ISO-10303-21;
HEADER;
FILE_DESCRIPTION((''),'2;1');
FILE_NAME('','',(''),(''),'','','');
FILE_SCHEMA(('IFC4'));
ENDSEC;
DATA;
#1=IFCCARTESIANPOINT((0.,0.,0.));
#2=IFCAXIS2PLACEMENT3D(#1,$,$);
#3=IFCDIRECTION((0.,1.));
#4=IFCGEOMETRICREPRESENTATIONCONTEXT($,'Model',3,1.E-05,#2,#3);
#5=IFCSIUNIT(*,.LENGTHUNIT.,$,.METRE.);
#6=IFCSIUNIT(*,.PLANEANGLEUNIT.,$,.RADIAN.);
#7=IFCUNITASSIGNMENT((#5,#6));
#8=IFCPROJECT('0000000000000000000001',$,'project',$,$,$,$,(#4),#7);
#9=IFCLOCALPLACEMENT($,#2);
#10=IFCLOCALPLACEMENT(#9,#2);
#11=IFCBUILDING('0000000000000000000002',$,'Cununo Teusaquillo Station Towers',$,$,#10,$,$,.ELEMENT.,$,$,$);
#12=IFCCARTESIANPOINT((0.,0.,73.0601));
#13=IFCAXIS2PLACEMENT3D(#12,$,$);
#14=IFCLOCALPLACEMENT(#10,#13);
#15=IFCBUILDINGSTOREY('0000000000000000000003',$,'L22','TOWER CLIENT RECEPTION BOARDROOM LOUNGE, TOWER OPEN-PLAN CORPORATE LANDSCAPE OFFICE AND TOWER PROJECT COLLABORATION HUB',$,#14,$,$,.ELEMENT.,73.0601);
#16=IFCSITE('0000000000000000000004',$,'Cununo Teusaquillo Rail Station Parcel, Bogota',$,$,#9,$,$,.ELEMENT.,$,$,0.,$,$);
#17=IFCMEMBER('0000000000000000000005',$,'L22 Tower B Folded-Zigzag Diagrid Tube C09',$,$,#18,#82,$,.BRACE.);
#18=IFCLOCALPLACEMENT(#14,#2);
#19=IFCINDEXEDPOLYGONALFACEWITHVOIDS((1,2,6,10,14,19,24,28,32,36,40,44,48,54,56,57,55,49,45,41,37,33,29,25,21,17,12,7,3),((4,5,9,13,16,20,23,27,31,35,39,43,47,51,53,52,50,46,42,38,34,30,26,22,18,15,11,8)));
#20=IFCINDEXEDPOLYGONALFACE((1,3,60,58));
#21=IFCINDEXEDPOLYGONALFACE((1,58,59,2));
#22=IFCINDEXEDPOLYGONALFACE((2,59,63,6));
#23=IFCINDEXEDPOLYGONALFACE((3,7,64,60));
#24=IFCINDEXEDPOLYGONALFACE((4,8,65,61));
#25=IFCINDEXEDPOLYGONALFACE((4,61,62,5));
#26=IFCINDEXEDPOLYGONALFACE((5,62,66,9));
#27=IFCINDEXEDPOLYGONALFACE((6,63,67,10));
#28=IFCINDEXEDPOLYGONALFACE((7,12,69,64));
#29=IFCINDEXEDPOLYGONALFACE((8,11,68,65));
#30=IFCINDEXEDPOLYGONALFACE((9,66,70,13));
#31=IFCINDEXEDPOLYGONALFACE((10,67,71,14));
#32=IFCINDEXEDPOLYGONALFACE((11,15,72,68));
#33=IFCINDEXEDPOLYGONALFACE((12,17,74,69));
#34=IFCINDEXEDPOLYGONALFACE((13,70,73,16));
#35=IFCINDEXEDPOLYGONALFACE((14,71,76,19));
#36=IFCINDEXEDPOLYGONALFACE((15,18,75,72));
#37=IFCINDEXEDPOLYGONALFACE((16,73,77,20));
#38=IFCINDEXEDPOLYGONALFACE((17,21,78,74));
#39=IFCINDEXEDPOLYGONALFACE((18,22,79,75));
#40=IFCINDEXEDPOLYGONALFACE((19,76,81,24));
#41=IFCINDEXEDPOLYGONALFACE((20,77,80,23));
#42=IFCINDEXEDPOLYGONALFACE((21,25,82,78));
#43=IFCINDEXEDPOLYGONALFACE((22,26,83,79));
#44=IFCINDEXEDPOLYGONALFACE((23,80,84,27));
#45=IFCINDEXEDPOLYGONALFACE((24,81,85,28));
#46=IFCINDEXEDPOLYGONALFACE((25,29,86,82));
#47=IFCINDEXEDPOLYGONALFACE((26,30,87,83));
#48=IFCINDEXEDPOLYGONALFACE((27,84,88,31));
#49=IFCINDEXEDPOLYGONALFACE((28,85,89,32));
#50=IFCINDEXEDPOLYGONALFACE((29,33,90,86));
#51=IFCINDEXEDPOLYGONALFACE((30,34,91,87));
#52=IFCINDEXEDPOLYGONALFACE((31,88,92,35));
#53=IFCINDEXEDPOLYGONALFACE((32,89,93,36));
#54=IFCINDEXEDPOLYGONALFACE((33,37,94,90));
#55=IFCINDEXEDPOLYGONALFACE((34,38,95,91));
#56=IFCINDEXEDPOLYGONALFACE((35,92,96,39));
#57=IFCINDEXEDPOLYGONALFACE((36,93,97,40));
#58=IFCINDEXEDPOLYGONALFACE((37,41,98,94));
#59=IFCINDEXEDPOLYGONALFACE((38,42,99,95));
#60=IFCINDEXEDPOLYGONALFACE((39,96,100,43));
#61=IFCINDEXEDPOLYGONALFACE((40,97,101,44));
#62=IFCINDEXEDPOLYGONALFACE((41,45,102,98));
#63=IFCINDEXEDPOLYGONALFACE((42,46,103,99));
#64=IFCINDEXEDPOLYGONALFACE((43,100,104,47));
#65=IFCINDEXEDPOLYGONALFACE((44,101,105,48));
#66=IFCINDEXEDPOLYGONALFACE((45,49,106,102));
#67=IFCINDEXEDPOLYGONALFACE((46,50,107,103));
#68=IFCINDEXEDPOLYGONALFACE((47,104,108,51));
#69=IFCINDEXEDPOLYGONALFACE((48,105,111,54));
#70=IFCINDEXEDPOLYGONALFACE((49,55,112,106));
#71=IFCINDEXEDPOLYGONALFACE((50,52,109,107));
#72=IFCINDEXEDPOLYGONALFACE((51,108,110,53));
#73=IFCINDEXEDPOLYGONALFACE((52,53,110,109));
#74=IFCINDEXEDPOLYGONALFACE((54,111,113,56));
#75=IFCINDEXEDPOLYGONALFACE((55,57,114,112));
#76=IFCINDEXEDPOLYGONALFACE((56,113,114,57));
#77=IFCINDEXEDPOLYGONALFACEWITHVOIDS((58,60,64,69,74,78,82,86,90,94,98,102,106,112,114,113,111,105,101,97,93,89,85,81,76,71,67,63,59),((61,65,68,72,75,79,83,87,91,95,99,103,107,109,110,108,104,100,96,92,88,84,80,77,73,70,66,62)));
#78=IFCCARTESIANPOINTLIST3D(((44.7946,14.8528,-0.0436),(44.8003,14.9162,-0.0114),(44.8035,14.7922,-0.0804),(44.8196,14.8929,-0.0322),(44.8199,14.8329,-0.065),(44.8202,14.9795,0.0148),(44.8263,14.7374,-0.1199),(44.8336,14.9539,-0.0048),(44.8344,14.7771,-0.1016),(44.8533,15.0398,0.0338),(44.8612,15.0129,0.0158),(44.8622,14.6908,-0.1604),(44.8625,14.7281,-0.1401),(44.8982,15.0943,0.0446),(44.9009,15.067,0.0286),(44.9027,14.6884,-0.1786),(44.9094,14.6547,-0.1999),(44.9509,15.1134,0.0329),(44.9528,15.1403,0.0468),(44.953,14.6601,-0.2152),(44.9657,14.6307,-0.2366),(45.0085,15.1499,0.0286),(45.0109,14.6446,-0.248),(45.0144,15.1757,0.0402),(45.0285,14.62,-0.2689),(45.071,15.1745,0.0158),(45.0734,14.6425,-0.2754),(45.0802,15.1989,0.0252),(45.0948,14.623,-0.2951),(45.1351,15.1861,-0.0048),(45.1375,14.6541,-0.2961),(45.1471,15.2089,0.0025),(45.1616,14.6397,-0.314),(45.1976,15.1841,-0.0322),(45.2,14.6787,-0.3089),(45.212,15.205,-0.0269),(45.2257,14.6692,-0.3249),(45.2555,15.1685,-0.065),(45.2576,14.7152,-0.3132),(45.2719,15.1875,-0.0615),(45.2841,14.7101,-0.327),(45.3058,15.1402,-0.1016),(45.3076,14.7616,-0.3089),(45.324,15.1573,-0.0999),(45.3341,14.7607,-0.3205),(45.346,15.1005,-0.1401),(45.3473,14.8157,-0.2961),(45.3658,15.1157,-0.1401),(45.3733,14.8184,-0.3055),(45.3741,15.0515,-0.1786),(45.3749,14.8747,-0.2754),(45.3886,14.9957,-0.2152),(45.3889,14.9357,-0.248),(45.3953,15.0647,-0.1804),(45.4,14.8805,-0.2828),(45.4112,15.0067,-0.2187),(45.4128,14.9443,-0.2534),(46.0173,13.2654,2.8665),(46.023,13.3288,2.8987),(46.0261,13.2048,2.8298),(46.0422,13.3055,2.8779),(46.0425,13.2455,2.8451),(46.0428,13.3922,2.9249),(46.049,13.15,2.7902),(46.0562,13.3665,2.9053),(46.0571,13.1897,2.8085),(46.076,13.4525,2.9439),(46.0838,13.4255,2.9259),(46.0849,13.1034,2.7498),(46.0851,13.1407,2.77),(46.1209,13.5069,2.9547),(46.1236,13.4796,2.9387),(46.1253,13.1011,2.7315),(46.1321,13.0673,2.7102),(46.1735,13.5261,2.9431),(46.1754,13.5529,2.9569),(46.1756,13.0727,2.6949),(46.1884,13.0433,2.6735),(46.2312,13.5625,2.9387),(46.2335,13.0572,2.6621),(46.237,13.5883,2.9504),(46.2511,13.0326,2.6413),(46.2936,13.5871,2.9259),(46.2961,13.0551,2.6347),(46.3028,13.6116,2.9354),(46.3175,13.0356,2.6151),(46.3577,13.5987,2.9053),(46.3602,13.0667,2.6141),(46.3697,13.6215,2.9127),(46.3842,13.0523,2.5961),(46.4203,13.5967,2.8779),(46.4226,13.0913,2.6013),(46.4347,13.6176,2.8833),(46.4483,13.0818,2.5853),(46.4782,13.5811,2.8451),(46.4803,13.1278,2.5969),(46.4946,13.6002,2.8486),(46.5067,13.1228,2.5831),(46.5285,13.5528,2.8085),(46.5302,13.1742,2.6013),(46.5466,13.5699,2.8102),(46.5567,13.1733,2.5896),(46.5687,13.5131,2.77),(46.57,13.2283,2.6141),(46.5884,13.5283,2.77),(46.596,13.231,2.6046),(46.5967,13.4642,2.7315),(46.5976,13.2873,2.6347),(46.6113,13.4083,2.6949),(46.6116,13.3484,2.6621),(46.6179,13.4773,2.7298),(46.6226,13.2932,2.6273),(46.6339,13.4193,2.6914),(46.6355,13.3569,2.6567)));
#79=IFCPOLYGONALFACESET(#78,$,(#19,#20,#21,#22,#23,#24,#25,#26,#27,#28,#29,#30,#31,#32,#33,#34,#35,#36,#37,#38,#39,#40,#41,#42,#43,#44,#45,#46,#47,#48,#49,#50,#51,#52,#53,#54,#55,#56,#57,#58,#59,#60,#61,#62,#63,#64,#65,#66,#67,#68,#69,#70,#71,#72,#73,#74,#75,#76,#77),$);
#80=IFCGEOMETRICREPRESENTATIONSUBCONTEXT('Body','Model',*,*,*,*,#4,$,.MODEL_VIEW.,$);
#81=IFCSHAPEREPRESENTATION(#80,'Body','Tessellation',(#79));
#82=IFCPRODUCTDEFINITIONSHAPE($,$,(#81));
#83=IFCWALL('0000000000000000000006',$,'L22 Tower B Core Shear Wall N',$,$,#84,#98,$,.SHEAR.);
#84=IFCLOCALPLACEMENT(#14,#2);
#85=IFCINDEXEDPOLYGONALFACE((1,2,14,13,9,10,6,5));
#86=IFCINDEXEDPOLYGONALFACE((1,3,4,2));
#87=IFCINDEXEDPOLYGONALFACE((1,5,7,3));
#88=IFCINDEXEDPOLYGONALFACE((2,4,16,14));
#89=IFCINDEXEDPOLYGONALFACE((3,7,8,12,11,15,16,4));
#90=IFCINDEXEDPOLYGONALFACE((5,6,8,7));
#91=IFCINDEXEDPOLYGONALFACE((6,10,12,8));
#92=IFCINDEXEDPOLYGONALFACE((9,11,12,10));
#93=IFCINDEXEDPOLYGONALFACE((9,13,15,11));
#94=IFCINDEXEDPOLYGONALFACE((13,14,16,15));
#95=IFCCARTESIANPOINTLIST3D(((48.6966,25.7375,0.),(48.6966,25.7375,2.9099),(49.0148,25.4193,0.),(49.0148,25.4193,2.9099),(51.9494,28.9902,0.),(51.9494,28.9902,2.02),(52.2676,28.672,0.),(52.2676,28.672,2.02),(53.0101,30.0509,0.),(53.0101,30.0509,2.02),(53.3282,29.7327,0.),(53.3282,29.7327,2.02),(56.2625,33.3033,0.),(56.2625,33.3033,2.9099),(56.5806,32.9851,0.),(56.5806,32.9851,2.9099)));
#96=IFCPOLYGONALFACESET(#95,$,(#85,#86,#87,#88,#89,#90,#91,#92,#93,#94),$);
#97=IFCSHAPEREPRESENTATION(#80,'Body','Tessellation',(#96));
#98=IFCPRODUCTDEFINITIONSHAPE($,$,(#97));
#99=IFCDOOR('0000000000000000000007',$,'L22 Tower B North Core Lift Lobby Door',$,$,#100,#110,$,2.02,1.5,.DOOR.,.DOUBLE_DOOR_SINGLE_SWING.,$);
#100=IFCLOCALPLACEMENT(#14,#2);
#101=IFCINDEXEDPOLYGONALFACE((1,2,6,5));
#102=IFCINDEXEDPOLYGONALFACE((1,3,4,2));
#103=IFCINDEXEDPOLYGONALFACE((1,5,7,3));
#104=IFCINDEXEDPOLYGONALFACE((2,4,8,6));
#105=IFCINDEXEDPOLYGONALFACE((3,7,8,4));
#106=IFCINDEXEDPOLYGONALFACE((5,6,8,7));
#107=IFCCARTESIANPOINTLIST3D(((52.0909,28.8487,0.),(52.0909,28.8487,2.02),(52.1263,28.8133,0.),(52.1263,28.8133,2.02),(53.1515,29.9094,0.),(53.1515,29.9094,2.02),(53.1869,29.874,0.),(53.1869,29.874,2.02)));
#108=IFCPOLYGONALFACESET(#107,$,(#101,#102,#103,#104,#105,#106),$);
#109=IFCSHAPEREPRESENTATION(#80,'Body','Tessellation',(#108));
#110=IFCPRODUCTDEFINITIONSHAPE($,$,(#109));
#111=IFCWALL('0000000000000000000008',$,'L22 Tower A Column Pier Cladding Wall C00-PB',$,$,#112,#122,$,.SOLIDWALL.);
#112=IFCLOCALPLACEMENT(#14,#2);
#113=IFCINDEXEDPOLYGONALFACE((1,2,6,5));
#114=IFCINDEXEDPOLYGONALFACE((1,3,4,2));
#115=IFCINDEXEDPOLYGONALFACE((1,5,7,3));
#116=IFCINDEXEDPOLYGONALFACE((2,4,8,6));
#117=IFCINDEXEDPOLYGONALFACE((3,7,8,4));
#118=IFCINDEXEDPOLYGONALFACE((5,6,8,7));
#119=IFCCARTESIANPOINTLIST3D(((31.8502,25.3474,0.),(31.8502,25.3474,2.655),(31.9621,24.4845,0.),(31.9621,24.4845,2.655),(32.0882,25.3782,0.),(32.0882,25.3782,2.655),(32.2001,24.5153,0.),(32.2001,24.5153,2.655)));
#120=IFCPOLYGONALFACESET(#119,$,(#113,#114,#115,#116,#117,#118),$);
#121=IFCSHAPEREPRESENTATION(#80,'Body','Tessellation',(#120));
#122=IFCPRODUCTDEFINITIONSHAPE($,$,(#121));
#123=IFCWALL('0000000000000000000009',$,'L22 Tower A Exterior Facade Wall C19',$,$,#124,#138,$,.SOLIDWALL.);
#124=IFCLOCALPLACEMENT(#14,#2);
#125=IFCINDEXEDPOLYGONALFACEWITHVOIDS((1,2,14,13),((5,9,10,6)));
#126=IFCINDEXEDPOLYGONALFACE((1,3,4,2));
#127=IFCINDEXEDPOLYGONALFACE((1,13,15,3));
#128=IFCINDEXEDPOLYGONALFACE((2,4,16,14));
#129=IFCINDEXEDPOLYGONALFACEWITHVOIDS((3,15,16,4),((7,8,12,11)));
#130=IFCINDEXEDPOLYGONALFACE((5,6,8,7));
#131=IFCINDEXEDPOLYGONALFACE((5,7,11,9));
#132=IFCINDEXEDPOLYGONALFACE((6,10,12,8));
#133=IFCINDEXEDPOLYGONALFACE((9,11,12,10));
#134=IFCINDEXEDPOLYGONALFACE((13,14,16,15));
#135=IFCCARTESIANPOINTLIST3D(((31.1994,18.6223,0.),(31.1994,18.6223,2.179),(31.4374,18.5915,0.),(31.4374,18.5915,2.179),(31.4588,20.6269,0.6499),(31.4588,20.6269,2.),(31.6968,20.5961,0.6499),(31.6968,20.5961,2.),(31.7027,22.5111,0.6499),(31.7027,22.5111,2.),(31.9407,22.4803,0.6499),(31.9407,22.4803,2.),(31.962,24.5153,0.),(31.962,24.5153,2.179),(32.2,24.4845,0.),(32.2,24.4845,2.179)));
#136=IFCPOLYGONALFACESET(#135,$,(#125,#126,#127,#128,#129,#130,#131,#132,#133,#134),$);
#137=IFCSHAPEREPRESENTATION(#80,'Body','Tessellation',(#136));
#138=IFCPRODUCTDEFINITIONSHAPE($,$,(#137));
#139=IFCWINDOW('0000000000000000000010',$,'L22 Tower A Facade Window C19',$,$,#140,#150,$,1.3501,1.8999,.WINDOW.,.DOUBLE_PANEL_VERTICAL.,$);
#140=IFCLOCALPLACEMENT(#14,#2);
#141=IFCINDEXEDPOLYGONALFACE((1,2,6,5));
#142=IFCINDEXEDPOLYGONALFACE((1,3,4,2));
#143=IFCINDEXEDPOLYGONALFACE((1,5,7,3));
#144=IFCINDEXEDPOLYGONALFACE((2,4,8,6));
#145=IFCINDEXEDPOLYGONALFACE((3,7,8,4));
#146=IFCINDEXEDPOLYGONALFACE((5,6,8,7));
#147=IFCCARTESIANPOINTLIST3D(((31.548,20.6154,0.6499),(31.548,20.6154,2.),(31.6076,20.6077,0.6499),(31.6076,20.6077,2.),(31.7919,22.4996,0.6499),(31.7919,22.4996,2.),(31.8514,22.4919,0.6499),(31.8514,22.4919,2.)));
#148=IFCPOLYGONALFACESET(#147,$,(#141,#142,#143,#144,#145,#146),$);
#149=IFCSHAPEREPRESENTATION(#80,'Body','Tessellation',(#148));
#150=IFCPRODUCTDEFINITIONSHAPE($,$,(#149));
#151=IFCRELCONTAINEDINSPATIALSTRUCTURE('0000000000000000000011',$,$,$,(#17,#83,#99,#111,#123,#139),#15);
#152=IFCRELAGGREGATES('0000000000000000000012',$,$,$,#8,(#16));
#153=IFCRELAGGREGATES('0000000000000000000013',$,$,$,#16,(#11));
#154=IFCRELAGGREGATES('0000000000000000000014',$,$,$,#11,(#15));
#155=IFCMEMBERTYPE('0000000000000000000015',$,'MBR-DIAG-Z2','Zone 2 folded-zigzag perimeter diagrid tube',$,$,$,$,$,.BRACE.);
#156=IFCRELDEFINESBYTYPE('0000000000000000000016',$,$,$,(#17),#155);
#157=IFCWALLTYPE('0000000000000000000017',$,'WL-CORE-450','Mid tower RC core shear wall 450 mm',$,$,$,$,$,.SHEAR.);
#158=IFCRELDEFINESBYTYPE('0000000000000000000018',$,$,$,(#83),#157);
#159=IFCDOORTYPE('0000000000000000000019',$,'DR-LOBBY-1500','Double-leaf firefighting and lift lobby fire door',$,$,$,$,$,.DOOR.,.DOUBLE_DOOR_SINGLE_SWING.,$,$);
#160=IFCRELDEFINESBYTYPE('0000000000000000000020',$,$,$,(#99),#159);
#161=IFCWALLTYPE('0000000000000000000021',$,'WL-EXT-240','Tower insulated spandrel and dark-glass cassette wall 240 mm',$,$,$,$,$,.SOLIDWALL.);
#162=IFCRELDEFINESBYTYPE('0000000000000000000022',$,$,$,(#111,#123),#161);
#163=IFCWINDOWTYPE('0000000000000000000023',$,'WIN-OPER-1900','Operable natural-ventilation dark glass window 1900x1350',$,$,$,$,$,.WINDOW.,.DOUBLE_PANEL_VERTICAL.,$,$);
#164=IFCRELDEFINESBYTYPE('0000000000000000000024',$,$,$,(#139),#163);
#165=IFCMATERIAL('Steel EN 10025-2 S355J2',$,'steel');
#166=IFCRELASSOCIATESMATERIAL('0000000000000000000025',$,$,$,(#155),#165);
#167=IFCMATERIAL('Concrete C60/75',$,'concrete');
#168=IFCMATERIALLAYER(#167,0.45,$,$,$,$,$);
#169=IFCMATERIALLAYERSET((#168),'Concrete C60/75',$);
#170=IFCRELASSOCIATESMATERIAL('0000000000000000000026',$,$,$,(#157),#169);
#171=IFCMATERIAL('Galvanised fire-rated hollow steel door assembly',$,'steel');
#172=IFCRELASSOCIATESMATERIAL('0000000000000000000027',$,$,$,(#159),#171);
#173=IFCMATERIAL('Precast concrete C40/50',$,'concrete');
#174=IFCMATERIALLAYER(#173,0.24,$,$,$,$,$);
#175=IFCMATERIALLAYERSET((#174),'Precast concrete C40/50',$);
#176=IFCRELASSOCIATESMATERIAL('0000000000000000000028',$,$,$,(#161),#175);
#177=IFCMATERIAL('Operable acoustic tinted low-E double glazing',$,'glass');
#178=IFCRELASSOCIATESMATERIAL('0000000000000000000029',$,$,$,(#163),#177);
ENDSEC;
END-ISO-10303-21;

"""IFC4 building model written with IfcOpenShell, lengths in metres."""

from ifc_helpers import new_model, si_unit, direction, frame, frame_2d, origin, origin_2d, place, context, subcontext, project, spatial, rectangle, hollow_circle, extrude, source, transform, mapped, material, layer, layer_set, material_profile, profile_set, type_object, element, fill, save


model = new_model("IFC4")

# Units and contexts
model_context = context("Model", 3, precision=1e-05, world=origin(), true_north=direction((0.0, 1.0)))
body_context = subcontext(model_context, "Body", "Model", "MODEL_VIEW")
ifc_project = project(units=[si_unit("LENGTHUNIT", "METRE"), si_unit("PLANEANGLEUNIT", "RADIAN")], contexts=[model_context])

# Site, building, storey
site_placement = place(None, origin())
site = spatial("IfcSite", under=ifc_project, at=site_placement, Name="Cununo Teusaquillo Rail Station Parcel, Bogota", CompositionType="ELEMENT", RefElevation=0.0)
building_placement = place(site_placement, origin())
building = spatial("IfcBuilding", under=site, at=building_placement, Name="Cununo Teusaquillo Station Towers", CompositionType="ELEMENT")
storey_placement = place(building_placement, frame((0.0, 0.0, 73.0601)))
storey = spatial("IfcBuildingStorey", under=building, at=storey_placement, Name="L22", Description="TOWER CLIENT RECEPTION BOARDROOM LOUNGE, TOWER OPEN-PLAN CORPORATE LANDSCAPE OFFICE AND TOWER PROJECT COLLABORATION HUB", CompositionType="ELEMENT", Elevation=73.0601)

# Member
ifc_material_1 = material(Name="Steel EN 10025-2 S355J2", Category="steel")
ifc_material_profile_1 = material_profile(ifc_material_1, hollow_circle(Radius=0.3301, WallThickness=0.0249, at=origin_2d()), Name="CHS 660x25")
ifc_profile_set_1 = profile_set([ifc_material_profile_1], Name="Steel EN 10025-2 S355J2")
member_type_1 = type_object("IfcMemberType", Name="MBR-DIAG-Z2", Description="Zone 2 folded-zigzag perimeter diagrid tube", PredefinedType="BRACE", material=ifc_profile_set_1)
member_1_placement = place(storey_placement, frame((45.1042, 14.9143, -0.1401), z_axis=(0.346044, -0.449277, 0.823652), x_axis=(0.792243, 0.610205, 0.0)))
element("IfcMember", 1, at=member_1_placement, inside=storey, type_object=member_type_1, Name="L22 Tower B Folded-Zigzag Diagrid Tube C09", PredefinedType="BRACE", context=body_context, shape_type="SweptSolid", body=[
    extrude(hollow_circle(Radius=0.3301, WallThickness=0.0249, at=origin_2d()), origin(), (0.0, 0.0, 1.0), 3.5332),
])

# Wall, opening, door
ifc_material_2 = material(Name="Concrete C60/75", Category="concrete")
ifc_layer_1 = layer(ifc_material_2, 0.45)
ifc_layer_set_1 = layer_set([ifc_layer_1], Name="Concrete C60/75")
wall_type_1 = type_object("IfcWallType", Name="WL-CORE-450", Description="Mid tower RC core shear wall 450 mm", PredefinedType="SHEAR", material=ifc_layer_set_1)
wall_1_placement = place(storey_placement, frame((48.8557, 25.5784, 0.0), z_axis=(0.0, 0.0, 1.0), x_axis=(0.707107, 0.707107, 0.0)))
wall_1 = element("IfcWall", 2, at=wall_1_placement, inside=storey, type_object=wall_type_1, Name="L22 Tower B Core Shear Wall N", PredefinedType="SHEAR", context=body_context, shape_type="SweptSolid", body=[
    extrude(rectangle(XDim=10.6997, YDim=0.45, at=frame_2d((5.3499, 0.0))), origin(), (0.0, 0.0, 1.0), 2.9099),
])
shared_shape_1 = source(origin(), body_context, "Body", "SweptSolid", [
    extrude(rectangle(XDim=1.5, YDim=2.02, at=frame_2d((0.75, 1.01))), frame((0.0, 0.2349, 0.0), z_axis=(0.0, -1.0, 0.0), x_axis=(1.0, 0.0, 0.0)), (0.0, 0.0, 1.0), 0.47),
])
opening_1_placement = place(wall_1_placement, frame((4.6001, 0.0, 0.0)))
opening_1 = element("IfcOpeningElement", 3, at=opening_1_placement, cuts=wall_1, PredefinedType="OPENING", context=body_context, shape_type="MappedRepresentation", body=[
    mapped(shared_shape_1, transform((0.0, 0.0, 0.0), x_axis=(1.0, 0.0, 0.0), y_axis=(0.0, 1.0, 0.0), z_axis=(0.0, 0.0, 1.0), scale=1.0)),
])
ifc_material_3 = material(Name="Galvanised fire-rated hollow steel door assembly", Category="steel")
door_type = type_object("IfcDoorType", Name="DR-LOBBY-1500", Description="Double-leaf firefighting and lift lobby fire door", OperationType="DOUBLE_DOOR_SINGLE_SWING", PredefinedType="DOOR", material=ifc_material_3)
shared_shape_2 = source(origin(), body_context, "Body", "SweptSolid", [
    extrude(rectangle(XDim=1.5, YDim=2.02, at=frame_2d((0.75, 1.01))), frame((0.0, 0.0249, 0.0), z_axis=(0.0, -1.0, 0.0), x_axis=(1.0, 0.0, 0.0)), (0.0, 0.0, 1.0), 0.05),
])
door_placement = place(opening_1_placement, origin())
door = element("IfcDoor", 4, at=door_placement, inside=storey, type_object=door_type, Name="L22 Tower B North Core Lift Lobby Door", OperationType="DOUBLE_DOOR_SINGLE_SWING", OverallHeight=2.02, OverallWidth=1.5, PredefinedType="DOOR", context=body_context, shape_type="MappedRepresentation", body=[
    mapped(shared_shape_2, transform((0.0, 0.0, 0.0), x_axis=(1.0, 0.0, 0.0), y_axis=(0.0, 1.0, 0.0), z_axis=(0.0, 0.0, 1.0), scale=1.0)),
])
fill(opening_1, door)

# Wall
ifc_material_4 = material(Name="Precast concrete C40/50", Category="concrete")
ifc_layer_2 = layer(ifc_material_4, 0.24)
ifc_layer_set_2 = layer_set([ifc_layer_2], Name="Precast concrete C40/50")
wall_type_2 = type_object("IfcWallType", Name="WL-EXT-240", Description="Tower insulated spandrel and dark-glass cassette wall 240 mm", PredefinedType="SOLIDWALL", material=ifc_layer_set_2)
wall_2_placement = place(storey_placement, frame((31.9692, 25.3628, 0.0), z_axis=(0.0, 0.0, 1.0), x_axis=(0.128523, -0.991706, 0.0)))
element("IfcWall", 5, at=wall_2_placement, inside=storey, type_object=wall_type_2, Name="L22 Tower A Column Pier Cladding Wall C00-PB", PredefinedType="SOLIDWALL", context=body_context, shape_type="SweptSolid", body=[
    extrude(rectangle(XDim=0.8701, YDim=0.24, at=frame_2d((0.4351, 0.0))), origin(), (0.0, 0.0, 1.0), 2.655),
])

# Wall, opening, window
wall_3_placement = place(storey_placement, frame((32.0811, 24.5, 0.0), z_axis=(0.0, 0.0, 1.0), x_axis=(-0.128352, -0.991729, 0.0)))
wall_3 = element("IfcWall", 6, at=wall_3_placement, inside=storey, type_object=wall_type_2, Name="L22 Tower A Exterior Facade Wall C19", PredefinedType="SOLIDWALL", context=body_context, shape_type="SweptSolid", body=[
    extrude(rectangle(XDim=5.9421, YDim=0.24, at=frame_2d((2.9712, 0.0))), origin(), (0.0, 0.0, 1.0), 2.179),
])
shared_shape_3 = source(origin(), body_context, "Body", "SweptSolid", [
    extrude(rectangle(XDim=1.8999, YDim=1.3501, at=frame_2d((0.95, 0.675))), frame((0.0, 0.1299, 0.0), z_axis=(0.0, -1.0, 0.0), x_axis=(1.0, 0.0, 0.0)), (0.0, 0.0, 1.0), 0.26),
])
opening_2_placement = place(wall_3_placement, frame((2.021, 0.0, 0.6499)))
opening_2 = element("IfcOpeningElement", 7, at=opening_2_placement, cuts=wall_3, PredefinedType="OPENING", context=body_context, shape_type="MappedRepresentation", body=[
    mapped(shared_shape_3, transform((0.0, 0.0, 0.0), x_axis=(1.0, 0.0, 0.0), y_axis=(0.0, 1.0, 0.0), z_axis=(0.0, 0.0, 1.0), scale=1.0)),
])
ifc_material_5 = material(Name="Operable acoustic tinted low-E double glazing", Category="glass")
window_type_1 = type_object("IfcWindowType", Name="WIN-OPER-1900", Description="Operable natural-ventilation dark glass window 1900x1350", PartitioningType="DOUBLE_PANEL_VERTICAL", PredefinedType="WINDOW", material=ifc_material_5)
shared_shape_4 = source(origin(), body_context, "Body", "SweptSolid", [
    extrude(rectangle(XDim=1.8999, YDim=1.3501, at=frame_2d((0.95, 0.675))), frame((0.0, 0.03, 0.0), z_axis=(0.0, -1.0, 0.0), x_axis=(1.0, 0.0, 0.0)), (0.0, 0.0, 1.0), 0.0601),
])
window_1_placement = place(opening_2_placement, origin())
window_1 = element("IfcWindow", 8, at=window_1_placement, inside=storey, type_object=window_type_1, Name="L22 Tower A Facade Window C19", OverallHeight=1.3501, OverallWidth=1.8999, PartitioningType="DOUBLE_PANEL_VERTICAL", PredefinedType="WINDOW", context=body_context, shape_type="MappedRepresentation", body=[
    mapped(shared_shape_4, transform((0.0, 0.0, 0.0), x_axis=(1.0, 0.0, 0.0), y_axis=(0.0, 1.0, 0.0), z_axis=(0.0, 0.0, 1.0), scale=1.0)),
])
fill(opening_2, window_1)

save(model, "model.ifc")
